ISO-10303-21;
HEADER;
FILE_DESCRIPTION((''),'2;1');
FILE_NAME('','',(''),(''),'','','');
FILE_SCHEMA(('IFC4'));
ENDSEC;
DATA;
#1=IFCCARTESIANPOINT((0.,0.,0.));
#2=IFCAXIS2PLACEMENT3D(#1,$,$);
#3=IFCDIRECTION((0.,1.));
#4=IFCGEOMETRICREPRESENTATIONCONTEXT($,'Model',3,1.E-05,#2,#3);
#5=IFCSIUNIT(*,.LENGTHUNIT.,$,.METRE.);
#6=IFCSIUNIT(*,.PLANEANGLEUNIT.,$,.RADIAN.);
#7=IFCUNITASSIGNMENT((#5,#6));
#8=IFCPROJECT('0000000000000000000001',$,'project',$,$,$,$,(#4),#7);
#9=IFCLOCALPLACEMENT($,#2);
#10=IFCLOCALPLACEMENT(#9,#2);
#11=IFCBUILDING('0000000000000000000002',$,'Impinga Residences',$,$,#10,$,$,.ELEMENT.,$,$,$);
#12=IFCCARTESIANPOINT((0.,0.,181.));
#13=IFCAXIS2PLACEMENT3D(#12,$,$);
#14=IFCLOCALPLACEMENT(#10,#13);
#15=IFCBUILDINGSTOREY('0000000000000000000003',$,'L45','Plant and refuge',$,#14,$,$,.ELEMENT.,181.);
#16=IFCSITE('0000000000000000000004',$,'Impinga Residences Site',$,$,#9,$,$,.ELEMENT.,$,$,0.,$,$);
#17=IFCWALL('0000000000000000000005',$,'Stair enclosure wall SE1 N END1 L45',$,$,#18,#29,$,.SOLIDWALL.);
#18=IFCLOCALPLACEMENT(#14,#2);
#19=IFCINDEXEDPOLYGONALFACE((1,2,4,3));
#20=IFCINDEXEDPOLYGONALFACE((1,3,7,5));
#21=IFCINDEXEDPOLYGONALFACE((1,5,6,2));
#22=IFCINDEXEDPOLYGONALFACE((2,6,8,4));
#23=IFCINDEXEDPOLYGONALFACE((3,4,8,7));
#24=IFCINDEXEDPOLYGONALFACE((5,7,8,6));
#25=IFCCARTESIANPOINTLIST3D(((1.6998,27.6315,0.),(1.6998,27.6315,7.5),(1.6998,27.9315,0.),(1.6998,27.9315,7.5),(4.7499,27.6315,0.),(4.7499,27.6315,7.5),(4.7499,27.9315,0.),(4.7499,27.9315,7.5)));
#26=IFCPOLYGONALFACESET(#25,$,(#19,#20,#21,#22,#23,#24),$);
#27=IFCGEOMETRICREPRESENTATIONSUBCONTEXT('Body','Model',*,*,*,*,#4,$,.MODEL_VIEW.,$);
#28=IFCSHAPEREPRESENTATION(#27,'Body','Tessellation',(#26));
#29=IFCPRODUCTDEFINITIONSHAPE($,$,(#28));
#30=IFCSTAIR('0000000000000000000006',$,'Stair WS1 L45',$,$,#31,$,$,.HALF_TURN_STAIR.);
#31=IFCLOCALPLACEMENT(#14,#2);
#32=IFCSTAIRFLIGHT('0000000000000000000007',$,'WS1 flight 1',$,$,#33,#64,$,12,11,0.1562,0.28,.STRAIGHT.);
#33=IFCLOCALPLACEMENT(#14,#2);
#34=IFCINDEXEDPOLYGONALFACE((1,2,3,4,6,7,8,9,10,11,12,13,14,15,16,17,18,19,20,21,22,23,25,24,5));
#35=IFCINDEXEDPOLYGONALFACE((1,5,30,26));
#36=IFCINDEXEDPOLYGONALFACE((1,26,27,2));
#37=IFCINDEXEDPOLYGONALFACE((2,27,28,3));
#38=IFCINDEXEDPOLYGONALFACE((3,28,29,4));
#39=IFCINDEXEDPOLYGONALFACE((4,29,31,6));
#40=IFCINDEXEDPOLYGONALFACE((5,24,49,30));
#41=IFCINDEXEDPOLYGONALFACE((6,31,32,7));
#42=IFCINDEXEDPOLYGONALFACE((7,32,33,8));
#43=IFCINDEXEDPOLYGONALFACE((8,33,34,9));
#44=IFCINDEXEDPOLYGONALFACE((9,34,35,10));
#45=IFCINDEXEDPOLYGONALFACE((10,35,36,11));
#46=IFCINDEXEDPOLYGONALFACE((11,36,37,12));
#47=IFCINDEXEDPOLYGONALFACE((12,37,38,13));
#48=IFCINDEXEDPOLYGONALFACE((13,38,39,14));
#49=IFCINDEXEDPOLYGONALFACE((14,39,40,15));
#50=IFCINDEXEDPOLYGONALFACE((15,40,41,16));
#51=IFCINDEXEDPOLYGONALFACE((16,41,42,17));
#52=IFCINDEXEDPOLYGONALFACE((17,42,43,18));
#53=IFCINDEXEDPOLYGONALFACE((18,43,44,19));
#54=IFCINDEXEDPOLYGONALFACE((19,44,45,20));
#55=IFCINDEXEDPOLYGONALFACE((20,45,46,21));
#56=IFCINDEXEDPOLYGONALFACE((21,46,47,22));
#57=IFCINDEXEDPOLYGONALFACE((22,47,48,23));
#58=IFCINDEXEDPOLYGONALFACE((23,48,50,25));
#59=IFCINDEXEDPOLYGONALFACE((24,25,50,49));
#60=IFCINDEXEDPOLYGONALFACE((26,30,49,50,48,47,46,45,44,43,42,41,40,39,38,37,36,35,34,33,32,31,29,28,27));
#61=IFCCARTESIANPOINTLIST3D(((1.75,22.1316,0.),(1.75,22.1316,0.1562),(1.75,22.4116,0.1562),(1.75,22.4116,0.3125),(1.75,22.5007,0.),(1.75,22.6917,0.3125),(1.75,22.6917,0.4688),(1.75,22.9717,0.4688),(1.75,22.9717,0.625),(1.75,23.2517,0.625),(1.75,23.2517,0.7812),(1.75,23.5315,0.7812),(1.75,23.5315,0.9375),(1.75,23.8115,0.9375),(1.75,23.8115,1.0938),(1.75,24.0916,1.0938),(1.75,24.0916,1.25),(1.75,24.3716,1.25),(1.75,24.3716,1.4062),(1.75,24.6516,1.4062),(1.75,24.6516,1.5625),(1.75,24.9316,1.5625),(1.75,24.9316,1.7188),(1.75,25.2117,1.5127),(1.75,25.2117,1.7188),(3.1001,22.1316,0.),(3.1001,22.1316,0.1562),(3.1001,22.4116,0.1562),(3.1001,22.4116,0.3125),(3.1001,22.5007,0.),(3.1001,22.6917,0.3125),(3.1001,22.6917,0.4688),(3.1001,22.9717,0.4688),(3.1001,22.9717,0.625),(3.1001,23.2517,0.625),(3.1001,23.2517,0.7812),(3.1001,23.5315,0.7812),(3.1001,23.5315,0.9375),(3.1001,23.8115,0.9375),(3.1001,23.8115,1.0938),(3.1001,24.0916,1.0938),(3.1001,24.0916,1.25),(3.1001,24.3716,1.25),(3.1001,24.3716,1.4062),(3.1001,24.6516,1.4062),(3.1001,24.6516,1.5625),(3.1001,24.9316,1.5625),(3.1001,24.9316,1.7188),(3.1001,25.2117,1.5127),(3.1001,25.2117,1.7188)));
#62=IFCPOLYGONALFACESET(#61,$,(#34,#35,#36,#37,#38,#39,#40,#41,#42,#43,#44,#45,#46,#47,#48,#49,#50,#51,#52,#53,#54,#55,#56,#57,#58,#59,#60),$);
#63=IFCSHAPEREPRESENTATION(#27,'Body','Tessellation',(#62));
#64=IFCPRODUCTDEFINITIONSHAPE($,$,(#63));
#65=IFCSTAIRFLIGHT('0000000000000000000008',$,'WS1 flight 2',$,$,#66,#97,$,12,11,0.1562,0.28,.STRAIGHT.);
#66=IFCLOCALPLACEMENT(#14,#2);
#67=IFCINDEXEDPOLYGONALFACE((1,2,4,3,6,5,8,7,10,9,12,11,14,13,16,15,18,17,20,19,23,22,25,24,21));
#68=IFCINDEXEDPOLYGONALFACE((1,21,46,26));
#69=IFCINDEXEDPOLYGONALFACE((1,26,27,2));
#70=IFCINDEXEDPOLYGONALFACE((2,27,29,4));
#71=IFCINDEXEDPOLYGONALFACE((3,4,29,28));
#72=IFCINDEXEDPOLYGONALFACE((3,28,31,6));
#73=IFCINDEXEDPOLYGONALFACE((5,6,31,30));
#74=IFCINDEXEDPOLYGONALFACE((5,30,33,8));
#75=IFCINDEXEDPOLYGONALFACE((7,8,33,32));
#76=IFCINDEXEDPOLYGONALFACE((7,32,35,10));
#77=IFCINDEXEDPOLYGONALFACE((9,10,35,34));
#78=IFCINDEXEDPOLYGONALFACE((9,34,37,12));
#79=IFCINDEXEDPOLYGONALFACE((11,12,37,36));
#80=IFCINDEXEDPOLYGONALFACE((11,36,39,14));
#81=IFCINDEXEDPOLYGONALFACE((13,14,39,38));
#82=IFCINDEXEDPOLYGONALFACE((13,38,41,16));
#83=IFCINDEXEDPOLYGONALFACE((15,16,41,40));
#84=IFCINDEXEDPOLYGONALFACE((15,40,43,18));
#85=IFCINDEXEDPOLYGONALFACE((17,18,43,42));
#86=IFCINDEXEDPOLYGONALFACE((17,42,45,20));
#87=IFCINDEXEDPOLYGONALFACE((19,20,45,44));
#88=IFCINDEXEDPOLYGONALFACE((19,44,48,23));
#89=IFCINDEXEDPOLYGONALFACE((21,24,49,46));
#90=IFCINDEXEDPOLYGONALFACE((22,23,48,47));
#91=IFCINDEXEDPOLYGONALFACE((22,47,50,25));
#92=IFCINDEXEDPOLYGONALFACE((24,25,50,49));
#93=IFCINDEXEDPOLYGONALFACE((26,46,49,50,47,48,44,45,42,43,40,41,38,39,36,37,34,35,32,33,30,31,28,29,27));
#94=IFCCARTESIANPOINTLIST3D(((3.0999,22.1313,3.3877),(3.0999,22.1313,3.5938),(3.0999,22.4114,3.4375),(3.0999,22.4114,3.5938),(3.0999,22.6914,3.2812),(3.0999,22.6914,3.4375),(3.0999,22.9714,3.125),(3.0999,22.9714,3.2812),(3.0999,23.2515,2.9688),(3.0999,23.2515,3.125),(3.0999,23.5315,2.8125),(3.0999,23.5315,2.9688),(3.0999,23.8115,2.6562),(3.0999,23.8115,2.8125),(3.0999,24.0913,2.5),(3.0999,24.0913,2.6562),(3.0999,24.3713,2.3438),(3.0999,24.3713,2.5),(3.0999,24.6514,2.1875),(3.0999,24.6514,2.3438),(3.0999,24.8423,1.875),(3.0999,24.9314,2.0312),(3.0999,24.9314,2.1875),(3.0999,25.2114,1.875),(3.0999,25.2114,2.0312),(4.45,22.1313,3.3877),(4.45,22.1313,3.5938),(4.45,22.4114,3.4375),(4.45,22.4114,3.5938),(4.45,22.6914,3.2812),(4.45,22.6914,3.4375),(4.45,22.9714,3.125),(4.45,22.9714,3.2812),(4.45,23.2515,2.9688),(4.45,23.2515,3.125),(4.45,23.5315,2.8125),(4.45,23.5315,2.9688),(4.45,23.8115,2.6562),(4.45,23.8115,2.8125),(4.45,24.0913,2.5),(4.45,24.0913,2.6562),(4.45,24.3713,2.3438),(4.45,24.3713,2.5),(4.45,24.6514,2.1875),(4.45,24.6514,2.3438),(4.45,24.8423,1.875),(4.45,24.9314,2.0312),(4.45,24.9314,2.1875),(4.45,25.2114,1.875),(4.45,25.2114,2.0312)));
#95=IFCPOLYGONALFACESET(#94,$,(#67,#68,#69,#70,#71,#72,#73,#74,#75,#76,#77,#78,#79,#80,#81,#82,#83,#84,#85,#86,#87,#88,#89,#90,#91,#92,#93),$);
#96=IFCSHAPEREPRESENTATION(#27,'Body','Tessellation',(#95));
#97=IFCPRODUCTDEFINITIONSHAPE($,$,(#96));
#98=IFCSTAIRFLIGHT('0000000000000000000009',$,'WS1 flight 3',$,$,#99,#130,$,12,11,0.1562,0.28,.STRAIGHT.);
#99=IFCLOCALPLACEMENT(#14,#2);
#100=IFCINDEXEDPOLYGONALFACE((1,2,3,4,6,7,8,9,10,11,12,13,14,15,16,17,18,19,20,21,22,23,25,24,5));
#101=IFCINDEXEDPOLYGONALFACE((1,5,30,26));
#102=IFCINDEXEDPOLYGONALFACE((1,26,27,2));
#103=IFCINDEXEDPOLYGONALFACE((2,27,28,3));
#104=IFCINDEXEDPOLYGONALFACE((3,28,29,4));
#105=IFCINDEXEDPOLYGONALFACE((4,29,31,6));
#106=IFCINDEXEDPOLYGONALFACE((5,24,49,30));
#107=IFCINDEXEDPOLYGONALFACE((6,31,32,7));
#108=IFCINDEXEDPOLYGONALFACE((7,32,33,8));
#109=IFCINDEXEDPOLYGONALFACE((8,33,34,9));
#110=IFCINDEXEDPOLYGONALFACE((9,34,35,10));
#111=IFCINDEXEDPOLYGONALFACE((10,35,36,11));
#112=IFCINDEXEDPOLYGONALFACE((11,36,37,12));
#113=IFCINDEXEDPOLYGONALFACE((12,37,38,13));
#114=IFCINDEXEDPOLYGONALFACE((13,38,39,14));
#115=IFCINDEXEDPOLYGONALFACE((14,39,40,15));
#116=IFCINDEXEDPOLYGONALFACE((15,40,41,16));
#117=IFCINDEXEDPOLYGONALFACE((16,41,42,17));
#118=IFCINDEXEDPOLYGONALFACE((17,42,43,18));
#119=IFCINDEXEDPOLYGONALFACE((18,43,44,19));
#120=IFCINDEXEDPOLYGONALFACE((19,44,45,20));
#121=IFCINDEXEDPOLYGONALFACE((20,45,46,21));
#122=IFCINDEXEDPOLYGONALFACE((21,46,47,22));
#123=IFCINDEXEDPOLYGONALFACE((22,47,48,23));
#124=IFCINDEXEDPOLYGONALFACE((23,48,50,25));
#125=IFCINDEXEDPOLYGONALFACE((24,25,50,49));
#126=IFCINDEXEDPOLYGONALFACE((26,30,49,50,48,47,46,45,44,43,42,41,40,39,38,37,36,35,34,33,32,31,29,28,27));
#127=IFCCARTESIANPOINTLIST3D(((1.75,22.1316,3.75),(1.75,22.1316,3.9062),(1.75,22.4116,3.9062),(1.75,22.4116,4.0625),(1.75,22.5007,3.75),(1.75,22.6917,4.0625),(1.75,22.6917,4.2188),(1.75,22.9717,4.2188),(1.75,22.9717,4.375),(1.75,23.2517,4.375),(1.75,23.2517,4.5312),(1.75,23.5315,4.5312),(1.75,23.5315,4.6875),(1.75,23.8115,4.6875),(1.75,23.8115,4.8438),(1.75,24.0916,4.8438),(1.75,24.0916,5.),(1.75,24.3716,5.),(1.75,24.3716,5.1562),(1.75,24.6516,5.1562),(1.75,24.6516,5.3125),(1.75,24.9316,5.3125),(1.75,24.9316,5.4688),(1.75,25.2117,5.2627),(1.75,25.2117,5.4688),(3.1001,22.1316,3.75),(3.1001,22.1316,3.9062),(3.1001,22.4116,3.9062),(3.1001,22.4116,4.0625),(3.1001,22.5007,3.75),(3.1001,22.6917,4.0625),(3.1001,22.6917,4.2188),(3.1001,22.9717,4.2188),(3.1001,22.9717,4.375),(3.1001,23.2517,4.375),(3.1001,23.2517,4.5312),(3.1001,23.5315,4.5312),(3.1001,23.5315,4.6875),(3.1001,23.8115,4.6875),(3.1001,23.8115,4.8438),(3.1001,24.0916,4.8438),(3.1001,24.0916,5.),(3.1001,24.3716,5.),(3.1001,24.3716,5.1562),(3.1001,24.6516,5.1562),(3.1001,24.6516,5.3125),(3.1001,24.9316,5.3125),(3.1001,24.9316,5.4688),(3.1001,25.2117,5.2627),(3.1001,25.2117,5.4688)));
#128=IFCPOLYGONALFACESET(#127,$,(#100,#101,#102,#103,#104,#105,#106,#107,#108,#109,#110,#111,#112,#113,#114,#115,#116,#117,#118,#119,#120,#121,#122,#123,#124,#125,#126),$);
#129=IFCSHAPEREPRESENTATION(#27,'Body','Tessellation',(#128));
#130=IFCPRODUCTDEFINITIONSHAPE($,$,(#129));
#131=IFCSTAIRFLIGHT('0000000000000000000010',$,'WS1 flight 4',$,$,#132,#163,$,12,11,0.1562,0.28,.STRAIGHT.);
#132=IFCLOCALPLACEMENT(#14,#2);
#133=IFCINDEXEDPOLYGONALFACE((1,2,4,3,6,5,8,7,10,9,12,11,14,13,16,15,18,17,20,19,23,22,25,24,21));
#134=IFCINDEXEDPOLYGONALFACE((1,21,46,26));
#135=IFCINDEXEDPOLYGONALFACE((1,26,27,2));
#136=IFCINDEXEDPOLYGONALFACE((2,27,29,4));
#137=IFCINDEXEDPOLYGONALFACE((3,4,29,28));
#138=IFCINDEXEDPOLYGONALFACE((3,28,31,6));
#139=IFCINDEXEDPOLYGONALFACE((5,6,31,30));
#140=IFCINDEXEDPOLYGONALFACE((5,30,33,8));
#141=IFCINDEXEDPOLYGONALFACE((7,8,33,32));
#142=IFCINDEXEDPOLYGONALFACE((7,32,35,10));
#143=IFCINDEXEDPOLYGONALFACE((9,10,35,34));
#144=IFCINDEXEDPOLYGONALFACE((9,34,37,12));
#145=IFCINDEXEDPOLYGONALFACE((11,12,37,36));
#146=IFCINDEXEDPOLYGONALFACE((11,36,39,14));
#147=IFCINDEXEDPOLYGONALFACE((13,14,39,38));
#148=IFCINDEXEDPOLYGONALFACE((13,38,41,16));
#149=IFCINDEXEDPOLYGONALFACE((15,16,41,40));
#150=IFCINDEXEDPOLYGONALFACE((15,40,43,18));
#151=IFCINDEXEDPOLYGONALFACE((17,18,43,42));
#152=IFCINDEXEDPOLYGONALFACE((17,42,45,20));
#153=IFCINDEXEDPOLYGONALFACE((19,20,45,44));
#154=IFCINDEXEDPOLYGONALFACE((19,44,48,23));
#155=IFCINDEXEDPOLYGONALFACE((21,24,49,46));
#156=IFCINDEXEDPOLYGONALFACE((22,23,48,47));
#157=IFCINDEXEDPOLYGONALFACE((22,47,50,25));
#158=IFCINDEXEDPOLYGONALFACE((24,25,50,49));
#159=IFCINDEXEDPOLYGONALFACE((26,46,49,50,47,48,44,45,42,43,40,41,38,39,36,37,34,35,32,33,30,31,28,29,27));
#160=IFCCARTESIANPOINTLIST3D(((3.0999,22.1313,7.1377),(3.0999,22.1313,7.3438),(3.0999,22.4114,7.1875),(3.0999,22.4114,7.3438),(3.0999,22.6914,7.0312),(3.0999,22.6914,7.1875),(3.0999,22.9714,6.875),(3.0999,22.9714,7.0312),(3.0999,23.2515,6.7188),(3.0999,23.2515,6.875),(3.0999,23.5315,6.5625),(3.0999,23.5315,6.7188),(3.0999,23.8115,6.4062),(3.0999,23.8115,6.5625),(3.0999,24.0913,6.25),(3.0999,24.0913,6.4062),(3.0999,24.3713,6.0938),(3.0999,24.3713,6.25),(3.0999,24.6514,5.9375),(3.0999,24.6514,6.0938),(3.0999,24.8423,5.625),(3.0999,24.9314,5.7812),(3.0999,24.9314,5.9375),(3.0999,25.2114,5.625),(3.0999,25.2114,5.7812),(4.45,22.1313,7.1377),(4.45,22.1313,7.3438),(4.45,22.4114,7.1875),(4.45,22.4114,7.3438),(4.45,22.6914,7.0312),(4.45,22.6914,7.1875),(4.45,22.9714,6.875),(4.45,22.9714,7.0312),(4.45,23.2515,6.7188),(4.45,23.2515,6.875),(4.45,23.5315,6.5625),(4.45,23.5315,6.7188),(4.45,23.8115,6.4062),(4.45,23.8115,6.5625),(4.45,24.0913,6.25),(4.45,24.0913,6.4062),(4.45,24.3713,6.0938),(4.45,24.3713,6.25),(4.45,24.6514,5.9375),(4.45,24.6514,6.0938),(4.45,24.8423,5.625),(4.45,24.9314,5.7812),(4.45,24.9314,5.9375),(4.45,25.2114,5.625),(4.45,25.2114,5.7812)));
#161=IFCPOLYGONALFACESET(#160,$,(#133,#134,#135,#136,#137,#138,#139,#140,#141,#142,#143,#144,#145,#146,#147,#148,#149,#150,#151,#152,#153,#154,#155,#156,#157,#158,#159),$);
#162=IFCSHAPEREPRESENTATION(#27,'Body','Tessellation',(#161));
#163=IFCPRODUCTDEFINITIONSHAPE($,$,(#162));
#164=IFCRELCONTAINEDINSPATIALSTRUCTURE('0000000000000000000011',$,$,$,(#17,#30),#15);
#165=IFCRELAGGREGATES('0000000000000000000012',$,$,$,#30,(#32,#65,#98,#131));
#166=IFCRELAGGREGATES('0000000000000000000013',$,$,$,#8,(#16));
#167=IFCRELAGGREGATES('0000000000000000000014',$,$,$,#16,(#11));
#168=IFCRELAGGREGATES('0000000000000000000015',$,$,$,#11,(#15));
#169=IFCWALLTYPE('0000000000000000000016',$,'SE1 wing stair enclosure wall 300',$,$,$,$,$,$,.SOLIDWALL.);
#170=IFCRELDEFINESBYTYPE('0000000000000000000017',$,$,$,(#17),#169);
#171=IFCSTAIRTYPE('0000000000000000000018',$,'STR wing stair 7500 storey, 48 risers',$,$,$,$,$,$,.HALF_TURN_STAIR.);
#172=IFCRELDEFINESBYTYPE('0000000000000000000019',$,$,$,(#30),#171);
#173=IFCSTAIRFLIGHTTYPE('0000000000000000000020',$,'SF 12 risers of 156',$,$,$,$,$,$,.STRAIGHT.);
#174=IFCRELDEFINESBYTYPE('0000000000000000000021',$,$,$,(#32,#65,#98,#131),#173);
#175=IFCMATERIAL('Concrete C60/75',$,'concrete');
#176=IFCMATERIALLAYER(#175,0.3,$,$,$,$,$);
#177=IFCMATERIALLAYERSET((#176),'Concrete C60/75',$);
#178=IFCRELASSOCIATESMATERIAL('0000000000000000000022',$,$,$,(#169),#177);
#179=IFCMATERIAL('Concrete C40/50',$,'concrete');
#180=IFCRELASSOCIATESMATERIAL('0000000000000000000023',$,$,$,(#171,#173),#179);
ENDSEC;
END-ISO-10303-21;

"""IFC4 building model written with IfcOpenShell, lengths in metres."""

from ifc_helpers import new_model, si_unit, direction, frame, frame_2d, origin, place, context, subcontext, project, spatial, polyline, rectangle, outline, extrude, material, layer, layer_set, type_object, element, aggregate, save


model = new_model("IFC4")

# Units and contexts
model_context = context("Model", 3, precision=1e-05, world=origin(), true_north=direction((0.0, 1.0)))
body_context = subcontext(model_context, "Body", "Model", "MODEL_VIEW")
ifc_project = project(units=[si_unit("LENGTHUNIT", "METRE"), si_unit("PLANEANGLEUNIT", "RADIAN")], contexts=[model_context])

# Site, building, storey
site_placement = place(None, origin())
site = spatial("IfcSite", under=ifc_project, at=site_placement, Name="Impinga Residences Site", CompositionType="ELEMENT", RefElevation=0.0)
building_placement = place(site_placement, origin())
building = spatial("IfcBuilding", under=site, at=building_placement, Name="Impinga Residences", CompositionType="ELEMENT")
storey_placement = place(building_placement, frame((0.0, 0.0, 181.0)))
storey = spatial("IfcBuildingStorey", under=building, at=storey_placement, Name="L45", Description="Plant and refuge", CompositionType="ELEMENT", Elevation=181.0)

# Shared definitions
ifc_material_1 = material(Name="Concrete C60/75", Category="concrete")

# Wall
ifc_layer_1 = layer(ifc_material_1, 0.3)
ifc_layer_set_1 = layer_set([ifc_layer_1], Name="Concrete C60/75")
wall_type_1 = type_object("IfcWallType", Name="SE1 wing stair enclosure wall 300", PredefinedType="SOLIDWALL", material=ifc_layer_set_1)
wall_1_placement = place(storey_placement, frame((1.7, 27.7815, 0.0), z_axis=(0.0, 0.0, 1.0), x_axis=(1.0, 0.0, 0.0)))
element("IfcWall", 1, at=wall_1_placement, inside=storey, type_object=wall_type_1, Name="Stair enclosure wall SE1 N END1 L45", PredefinedType="SOLIDWALL", context=body_context, shape_type="SweptSolid", body=[
    extrude(rectangle(XDim=3.05, YDim=0.3, at=frame_2d((1.5249, 0.0))), origin(), (0.0, 0.0, 1.0), 7.5),
])

# Stair, stair flights
ifc_material_2 = material(Name="Concrete C40/50", Category="concrete")
stair_type = type_object("IfcStairType", Name="STR wing stair 7500 storey, 48 risers", PredefinedType="HALF_TURN_STAIR", material=ifc_material_2)
stair_placement = place(storey_placement, origin())
stair = element("IfcStair", 2, at=stair_placement, inside=storey, type_object=stair_type, Name="Stair WS1 L45", PredefinedType="HALF_TURN_STAIR")
stair_flight_type = type_object("IfcStairFlightType", Name="SF 12 risers of 156", PredefinedType="STRAIGHT", material=ifc_material_2)
stair_flight_1_placement = place(storey_placement, frame((2.425, 22.1316, 0.0), z_axis=(0.0, 0.0, 1.0), x_axis=(0.0, 1.0, 0.0)))
stair_flight_1 = element("IfcStairFlight", 3, at=stair_flight_1_placement, type_object=stair_flight_type, Name="WS1 flight 1", NumberOfRisers=12, NumberOfTreads=11, PredefinedType="STRAIGHT", RiserHeight=0.1562, TreadLength=0.28, context=body_context, shape_type="SweptSolid", body=[
    extrude(outline(polyline([(0.0, 0.0), (0.0, 0.1562), (0.28, 0.1562), (0.28, 0.3125), (0.5601, 0.3125), (0.5601, 0.4688), (0.8401, 0.4688), (0.8401, 0.625), (1.1201, 0.625), (1.1201, 0.7812), (1.3999, 0.7812), (1.3999, 0.9375), (1.6799, 0.9375), (1.6799, 1.0938), (1.96, 1.0938), (1.96, 1.25), (2.24, 1.25), (2.24, 1.4062), (2.52, 1.4062), (2.52, 1.5625), (2.8, 1.5625), (2.8, 1.7188), (3.0801, 1.7188), (3.0801, 1.875), (3.0801, 1.5127), (0.3691, 0.0), (0.0, 0.0)])), frame((0.0, 0.675, 0.0), z_axis=(0.0, -1.0, 0.0), x_axis=(1.0, 0.0, 0.0)), (0.0, 0.0, 1.0), 1.3501),
])
stair_flight_2_placement = place(storey_placement, frame((3.7749, 25.2114, 1.875), z_axis=(0.0, 0.0, 1.0), x_axis=(0.0, -1.0, 0.0)))
stair_flight_2 = element("IfcStairFlight", 4, at=stair_flight_2_placement, type_object=stair_flight_type, Name="WS1 flight 2", NumberOfRisers=12, NumberOfTreads=11, PredefinedType="STRAIGHT", RiserHeight=0.1562, TreadLength=0.28, context=body_context, shape_type="SweptSolid", body=[
    extrude(outline(polyline([(0.0, 0.0), (0.0, 0.1562), (0.28, 0.1562), (0.28, 0.3125), (0.5601, 0.3125), (0.5601, 0.4688), (0.8401, 0.4688), (0.8401, 0.625), (1.1201, 0.625), (1.1201, 0.7812), (1.3999, 0.7812), (1.3999, 0.9375), (1.6799, 0.9375), (1.6799, 1.0938), (1.96, 1.0938), (1.96, 1.25), (2.24, 1.25), (2.24, 1.4062), (2.52, 1.4062), (2.52, 1.5625), (2.8, 1.5625), (2.8, 1.7188), (3.0801, 1.7188), (3.0801, 1.875), (3.0801, 1.5127), (0.3691, 0.0), (0.0, 0.0)])), frame((0.0, 0.675, 0.0), z_axis=(0.0, -1.0, 0.0), x_axis=(1.0, 0.0, 0.0)), (0.0, 0.0, 1.0), 1.3501),
])
stair_flight_3_placement = place(storey_placement, frame((2.425, 22.1316, 3.75), z_axis=(0.0, 0.0, 1.0), x_axis=(0.0, 1.0, 0.0)))
stair_flight_3 = element("IfcStairFlight", 5, at=stair_flight_3_placement, type_object=stair_flight_type, Name="WS1 flight 3", NumberOfRisers=12, NumberOfTreads=11, PredefinedType="STRAIGHT", RiserHeight=0.1562, TreadLength=0.28, context=body_context, shape_type="SweptSolid", body=[
    extrude(outline(polyline([(0.0, 0.0), (0.0, 0.1562), (0.28, 0.1562), (0.28, 0.3125), (0.5601, 0.3125), (0.5601, 0.4688), (0.8401, 0.4688), (0.8401, 0.625), (1.1201, 0.625), (1.1201, 0.7812), (1.3999, 0.7812), (1.3999, 0.9375), (1.6799, 0.9375), (1.6799, 1.0938), (1.96, 1.0938), (1.96, 1.25), (2.24, 1.25), (2.24, 1.4062), (2.52, 1.4062), (2.52, 1.5625), (2.8, 1.5625), (2.8, 1.7188), (3.0801, 1.7188), (3.0801, 1.875), (3.0801, 1.5127), (0.3691, 0.0), (0.0, 0.0)])), frame((0.0, 0.675, 0.0), z_axis=(0.0, -1.0, 0.0), x_axis=(1.0, 0.0, 0.0)), (0.0, 0.0, 1.0), 1.3501),
])
stair_flight_4_placement = place(storey_placement, frame((3.7749, 25.2114, 5.625), z_axis=(0.0, 0.0, 1.0), x_axis=(0.0, -1.0, 0.0)))
stair_flight_4 = element("IfcStairFlight", 6, at=stair_flight_4_placement, type_object=stair_flight_type, Name="WS1 flight 4", NumberOfRisers=12, NumberOfTreads=11, PredefinedType="STRAIGHT", RiserHeight=0.1562, TreadLength=0.28, context=body_context, shape_type="SweptSolid", body=[
    extrude(outline(polyline([(0.0, 0.0), (0.0, 0.1562), (0.28, 0.1562), (0.28, 0.3125), (0.5601, 0.3125), (0.5601, 0.4688), (0.8401, 0.4688), (0.8401, 0.625), (1.1201, 0.625), (1.1201, 0.7812), (1.3999, 0.7812), (1.3999, 0.9375), (1.6799, 0.9375), (1.6799, 1.0938), (1.96, 1.0938), (1.96, 1.25), (2.24, 1.25), (2.24, 1.4062), (2.52, 1.4062), (2.52, 1.5625), (2.8, 1.5625), (2.8, 1.7188), (3.0801, 1.7188), (3.0801, 1.875), (3.0801, 1.5127), (0.3691, 0.0), (0.0, 0.0)])), frame((0.0, 0.675, 0.0), z_axis=(0.0, -1.0, 0.0), x_axis=(1.0, 0.0, 0.0)), (0.0, 0.0, 1.0), 1.3501),
])
aggregate(stair, [stair_flight_1, stair_flight_2, stair_flight_3, stair_flight_4])

save(model, "model.ifc")
